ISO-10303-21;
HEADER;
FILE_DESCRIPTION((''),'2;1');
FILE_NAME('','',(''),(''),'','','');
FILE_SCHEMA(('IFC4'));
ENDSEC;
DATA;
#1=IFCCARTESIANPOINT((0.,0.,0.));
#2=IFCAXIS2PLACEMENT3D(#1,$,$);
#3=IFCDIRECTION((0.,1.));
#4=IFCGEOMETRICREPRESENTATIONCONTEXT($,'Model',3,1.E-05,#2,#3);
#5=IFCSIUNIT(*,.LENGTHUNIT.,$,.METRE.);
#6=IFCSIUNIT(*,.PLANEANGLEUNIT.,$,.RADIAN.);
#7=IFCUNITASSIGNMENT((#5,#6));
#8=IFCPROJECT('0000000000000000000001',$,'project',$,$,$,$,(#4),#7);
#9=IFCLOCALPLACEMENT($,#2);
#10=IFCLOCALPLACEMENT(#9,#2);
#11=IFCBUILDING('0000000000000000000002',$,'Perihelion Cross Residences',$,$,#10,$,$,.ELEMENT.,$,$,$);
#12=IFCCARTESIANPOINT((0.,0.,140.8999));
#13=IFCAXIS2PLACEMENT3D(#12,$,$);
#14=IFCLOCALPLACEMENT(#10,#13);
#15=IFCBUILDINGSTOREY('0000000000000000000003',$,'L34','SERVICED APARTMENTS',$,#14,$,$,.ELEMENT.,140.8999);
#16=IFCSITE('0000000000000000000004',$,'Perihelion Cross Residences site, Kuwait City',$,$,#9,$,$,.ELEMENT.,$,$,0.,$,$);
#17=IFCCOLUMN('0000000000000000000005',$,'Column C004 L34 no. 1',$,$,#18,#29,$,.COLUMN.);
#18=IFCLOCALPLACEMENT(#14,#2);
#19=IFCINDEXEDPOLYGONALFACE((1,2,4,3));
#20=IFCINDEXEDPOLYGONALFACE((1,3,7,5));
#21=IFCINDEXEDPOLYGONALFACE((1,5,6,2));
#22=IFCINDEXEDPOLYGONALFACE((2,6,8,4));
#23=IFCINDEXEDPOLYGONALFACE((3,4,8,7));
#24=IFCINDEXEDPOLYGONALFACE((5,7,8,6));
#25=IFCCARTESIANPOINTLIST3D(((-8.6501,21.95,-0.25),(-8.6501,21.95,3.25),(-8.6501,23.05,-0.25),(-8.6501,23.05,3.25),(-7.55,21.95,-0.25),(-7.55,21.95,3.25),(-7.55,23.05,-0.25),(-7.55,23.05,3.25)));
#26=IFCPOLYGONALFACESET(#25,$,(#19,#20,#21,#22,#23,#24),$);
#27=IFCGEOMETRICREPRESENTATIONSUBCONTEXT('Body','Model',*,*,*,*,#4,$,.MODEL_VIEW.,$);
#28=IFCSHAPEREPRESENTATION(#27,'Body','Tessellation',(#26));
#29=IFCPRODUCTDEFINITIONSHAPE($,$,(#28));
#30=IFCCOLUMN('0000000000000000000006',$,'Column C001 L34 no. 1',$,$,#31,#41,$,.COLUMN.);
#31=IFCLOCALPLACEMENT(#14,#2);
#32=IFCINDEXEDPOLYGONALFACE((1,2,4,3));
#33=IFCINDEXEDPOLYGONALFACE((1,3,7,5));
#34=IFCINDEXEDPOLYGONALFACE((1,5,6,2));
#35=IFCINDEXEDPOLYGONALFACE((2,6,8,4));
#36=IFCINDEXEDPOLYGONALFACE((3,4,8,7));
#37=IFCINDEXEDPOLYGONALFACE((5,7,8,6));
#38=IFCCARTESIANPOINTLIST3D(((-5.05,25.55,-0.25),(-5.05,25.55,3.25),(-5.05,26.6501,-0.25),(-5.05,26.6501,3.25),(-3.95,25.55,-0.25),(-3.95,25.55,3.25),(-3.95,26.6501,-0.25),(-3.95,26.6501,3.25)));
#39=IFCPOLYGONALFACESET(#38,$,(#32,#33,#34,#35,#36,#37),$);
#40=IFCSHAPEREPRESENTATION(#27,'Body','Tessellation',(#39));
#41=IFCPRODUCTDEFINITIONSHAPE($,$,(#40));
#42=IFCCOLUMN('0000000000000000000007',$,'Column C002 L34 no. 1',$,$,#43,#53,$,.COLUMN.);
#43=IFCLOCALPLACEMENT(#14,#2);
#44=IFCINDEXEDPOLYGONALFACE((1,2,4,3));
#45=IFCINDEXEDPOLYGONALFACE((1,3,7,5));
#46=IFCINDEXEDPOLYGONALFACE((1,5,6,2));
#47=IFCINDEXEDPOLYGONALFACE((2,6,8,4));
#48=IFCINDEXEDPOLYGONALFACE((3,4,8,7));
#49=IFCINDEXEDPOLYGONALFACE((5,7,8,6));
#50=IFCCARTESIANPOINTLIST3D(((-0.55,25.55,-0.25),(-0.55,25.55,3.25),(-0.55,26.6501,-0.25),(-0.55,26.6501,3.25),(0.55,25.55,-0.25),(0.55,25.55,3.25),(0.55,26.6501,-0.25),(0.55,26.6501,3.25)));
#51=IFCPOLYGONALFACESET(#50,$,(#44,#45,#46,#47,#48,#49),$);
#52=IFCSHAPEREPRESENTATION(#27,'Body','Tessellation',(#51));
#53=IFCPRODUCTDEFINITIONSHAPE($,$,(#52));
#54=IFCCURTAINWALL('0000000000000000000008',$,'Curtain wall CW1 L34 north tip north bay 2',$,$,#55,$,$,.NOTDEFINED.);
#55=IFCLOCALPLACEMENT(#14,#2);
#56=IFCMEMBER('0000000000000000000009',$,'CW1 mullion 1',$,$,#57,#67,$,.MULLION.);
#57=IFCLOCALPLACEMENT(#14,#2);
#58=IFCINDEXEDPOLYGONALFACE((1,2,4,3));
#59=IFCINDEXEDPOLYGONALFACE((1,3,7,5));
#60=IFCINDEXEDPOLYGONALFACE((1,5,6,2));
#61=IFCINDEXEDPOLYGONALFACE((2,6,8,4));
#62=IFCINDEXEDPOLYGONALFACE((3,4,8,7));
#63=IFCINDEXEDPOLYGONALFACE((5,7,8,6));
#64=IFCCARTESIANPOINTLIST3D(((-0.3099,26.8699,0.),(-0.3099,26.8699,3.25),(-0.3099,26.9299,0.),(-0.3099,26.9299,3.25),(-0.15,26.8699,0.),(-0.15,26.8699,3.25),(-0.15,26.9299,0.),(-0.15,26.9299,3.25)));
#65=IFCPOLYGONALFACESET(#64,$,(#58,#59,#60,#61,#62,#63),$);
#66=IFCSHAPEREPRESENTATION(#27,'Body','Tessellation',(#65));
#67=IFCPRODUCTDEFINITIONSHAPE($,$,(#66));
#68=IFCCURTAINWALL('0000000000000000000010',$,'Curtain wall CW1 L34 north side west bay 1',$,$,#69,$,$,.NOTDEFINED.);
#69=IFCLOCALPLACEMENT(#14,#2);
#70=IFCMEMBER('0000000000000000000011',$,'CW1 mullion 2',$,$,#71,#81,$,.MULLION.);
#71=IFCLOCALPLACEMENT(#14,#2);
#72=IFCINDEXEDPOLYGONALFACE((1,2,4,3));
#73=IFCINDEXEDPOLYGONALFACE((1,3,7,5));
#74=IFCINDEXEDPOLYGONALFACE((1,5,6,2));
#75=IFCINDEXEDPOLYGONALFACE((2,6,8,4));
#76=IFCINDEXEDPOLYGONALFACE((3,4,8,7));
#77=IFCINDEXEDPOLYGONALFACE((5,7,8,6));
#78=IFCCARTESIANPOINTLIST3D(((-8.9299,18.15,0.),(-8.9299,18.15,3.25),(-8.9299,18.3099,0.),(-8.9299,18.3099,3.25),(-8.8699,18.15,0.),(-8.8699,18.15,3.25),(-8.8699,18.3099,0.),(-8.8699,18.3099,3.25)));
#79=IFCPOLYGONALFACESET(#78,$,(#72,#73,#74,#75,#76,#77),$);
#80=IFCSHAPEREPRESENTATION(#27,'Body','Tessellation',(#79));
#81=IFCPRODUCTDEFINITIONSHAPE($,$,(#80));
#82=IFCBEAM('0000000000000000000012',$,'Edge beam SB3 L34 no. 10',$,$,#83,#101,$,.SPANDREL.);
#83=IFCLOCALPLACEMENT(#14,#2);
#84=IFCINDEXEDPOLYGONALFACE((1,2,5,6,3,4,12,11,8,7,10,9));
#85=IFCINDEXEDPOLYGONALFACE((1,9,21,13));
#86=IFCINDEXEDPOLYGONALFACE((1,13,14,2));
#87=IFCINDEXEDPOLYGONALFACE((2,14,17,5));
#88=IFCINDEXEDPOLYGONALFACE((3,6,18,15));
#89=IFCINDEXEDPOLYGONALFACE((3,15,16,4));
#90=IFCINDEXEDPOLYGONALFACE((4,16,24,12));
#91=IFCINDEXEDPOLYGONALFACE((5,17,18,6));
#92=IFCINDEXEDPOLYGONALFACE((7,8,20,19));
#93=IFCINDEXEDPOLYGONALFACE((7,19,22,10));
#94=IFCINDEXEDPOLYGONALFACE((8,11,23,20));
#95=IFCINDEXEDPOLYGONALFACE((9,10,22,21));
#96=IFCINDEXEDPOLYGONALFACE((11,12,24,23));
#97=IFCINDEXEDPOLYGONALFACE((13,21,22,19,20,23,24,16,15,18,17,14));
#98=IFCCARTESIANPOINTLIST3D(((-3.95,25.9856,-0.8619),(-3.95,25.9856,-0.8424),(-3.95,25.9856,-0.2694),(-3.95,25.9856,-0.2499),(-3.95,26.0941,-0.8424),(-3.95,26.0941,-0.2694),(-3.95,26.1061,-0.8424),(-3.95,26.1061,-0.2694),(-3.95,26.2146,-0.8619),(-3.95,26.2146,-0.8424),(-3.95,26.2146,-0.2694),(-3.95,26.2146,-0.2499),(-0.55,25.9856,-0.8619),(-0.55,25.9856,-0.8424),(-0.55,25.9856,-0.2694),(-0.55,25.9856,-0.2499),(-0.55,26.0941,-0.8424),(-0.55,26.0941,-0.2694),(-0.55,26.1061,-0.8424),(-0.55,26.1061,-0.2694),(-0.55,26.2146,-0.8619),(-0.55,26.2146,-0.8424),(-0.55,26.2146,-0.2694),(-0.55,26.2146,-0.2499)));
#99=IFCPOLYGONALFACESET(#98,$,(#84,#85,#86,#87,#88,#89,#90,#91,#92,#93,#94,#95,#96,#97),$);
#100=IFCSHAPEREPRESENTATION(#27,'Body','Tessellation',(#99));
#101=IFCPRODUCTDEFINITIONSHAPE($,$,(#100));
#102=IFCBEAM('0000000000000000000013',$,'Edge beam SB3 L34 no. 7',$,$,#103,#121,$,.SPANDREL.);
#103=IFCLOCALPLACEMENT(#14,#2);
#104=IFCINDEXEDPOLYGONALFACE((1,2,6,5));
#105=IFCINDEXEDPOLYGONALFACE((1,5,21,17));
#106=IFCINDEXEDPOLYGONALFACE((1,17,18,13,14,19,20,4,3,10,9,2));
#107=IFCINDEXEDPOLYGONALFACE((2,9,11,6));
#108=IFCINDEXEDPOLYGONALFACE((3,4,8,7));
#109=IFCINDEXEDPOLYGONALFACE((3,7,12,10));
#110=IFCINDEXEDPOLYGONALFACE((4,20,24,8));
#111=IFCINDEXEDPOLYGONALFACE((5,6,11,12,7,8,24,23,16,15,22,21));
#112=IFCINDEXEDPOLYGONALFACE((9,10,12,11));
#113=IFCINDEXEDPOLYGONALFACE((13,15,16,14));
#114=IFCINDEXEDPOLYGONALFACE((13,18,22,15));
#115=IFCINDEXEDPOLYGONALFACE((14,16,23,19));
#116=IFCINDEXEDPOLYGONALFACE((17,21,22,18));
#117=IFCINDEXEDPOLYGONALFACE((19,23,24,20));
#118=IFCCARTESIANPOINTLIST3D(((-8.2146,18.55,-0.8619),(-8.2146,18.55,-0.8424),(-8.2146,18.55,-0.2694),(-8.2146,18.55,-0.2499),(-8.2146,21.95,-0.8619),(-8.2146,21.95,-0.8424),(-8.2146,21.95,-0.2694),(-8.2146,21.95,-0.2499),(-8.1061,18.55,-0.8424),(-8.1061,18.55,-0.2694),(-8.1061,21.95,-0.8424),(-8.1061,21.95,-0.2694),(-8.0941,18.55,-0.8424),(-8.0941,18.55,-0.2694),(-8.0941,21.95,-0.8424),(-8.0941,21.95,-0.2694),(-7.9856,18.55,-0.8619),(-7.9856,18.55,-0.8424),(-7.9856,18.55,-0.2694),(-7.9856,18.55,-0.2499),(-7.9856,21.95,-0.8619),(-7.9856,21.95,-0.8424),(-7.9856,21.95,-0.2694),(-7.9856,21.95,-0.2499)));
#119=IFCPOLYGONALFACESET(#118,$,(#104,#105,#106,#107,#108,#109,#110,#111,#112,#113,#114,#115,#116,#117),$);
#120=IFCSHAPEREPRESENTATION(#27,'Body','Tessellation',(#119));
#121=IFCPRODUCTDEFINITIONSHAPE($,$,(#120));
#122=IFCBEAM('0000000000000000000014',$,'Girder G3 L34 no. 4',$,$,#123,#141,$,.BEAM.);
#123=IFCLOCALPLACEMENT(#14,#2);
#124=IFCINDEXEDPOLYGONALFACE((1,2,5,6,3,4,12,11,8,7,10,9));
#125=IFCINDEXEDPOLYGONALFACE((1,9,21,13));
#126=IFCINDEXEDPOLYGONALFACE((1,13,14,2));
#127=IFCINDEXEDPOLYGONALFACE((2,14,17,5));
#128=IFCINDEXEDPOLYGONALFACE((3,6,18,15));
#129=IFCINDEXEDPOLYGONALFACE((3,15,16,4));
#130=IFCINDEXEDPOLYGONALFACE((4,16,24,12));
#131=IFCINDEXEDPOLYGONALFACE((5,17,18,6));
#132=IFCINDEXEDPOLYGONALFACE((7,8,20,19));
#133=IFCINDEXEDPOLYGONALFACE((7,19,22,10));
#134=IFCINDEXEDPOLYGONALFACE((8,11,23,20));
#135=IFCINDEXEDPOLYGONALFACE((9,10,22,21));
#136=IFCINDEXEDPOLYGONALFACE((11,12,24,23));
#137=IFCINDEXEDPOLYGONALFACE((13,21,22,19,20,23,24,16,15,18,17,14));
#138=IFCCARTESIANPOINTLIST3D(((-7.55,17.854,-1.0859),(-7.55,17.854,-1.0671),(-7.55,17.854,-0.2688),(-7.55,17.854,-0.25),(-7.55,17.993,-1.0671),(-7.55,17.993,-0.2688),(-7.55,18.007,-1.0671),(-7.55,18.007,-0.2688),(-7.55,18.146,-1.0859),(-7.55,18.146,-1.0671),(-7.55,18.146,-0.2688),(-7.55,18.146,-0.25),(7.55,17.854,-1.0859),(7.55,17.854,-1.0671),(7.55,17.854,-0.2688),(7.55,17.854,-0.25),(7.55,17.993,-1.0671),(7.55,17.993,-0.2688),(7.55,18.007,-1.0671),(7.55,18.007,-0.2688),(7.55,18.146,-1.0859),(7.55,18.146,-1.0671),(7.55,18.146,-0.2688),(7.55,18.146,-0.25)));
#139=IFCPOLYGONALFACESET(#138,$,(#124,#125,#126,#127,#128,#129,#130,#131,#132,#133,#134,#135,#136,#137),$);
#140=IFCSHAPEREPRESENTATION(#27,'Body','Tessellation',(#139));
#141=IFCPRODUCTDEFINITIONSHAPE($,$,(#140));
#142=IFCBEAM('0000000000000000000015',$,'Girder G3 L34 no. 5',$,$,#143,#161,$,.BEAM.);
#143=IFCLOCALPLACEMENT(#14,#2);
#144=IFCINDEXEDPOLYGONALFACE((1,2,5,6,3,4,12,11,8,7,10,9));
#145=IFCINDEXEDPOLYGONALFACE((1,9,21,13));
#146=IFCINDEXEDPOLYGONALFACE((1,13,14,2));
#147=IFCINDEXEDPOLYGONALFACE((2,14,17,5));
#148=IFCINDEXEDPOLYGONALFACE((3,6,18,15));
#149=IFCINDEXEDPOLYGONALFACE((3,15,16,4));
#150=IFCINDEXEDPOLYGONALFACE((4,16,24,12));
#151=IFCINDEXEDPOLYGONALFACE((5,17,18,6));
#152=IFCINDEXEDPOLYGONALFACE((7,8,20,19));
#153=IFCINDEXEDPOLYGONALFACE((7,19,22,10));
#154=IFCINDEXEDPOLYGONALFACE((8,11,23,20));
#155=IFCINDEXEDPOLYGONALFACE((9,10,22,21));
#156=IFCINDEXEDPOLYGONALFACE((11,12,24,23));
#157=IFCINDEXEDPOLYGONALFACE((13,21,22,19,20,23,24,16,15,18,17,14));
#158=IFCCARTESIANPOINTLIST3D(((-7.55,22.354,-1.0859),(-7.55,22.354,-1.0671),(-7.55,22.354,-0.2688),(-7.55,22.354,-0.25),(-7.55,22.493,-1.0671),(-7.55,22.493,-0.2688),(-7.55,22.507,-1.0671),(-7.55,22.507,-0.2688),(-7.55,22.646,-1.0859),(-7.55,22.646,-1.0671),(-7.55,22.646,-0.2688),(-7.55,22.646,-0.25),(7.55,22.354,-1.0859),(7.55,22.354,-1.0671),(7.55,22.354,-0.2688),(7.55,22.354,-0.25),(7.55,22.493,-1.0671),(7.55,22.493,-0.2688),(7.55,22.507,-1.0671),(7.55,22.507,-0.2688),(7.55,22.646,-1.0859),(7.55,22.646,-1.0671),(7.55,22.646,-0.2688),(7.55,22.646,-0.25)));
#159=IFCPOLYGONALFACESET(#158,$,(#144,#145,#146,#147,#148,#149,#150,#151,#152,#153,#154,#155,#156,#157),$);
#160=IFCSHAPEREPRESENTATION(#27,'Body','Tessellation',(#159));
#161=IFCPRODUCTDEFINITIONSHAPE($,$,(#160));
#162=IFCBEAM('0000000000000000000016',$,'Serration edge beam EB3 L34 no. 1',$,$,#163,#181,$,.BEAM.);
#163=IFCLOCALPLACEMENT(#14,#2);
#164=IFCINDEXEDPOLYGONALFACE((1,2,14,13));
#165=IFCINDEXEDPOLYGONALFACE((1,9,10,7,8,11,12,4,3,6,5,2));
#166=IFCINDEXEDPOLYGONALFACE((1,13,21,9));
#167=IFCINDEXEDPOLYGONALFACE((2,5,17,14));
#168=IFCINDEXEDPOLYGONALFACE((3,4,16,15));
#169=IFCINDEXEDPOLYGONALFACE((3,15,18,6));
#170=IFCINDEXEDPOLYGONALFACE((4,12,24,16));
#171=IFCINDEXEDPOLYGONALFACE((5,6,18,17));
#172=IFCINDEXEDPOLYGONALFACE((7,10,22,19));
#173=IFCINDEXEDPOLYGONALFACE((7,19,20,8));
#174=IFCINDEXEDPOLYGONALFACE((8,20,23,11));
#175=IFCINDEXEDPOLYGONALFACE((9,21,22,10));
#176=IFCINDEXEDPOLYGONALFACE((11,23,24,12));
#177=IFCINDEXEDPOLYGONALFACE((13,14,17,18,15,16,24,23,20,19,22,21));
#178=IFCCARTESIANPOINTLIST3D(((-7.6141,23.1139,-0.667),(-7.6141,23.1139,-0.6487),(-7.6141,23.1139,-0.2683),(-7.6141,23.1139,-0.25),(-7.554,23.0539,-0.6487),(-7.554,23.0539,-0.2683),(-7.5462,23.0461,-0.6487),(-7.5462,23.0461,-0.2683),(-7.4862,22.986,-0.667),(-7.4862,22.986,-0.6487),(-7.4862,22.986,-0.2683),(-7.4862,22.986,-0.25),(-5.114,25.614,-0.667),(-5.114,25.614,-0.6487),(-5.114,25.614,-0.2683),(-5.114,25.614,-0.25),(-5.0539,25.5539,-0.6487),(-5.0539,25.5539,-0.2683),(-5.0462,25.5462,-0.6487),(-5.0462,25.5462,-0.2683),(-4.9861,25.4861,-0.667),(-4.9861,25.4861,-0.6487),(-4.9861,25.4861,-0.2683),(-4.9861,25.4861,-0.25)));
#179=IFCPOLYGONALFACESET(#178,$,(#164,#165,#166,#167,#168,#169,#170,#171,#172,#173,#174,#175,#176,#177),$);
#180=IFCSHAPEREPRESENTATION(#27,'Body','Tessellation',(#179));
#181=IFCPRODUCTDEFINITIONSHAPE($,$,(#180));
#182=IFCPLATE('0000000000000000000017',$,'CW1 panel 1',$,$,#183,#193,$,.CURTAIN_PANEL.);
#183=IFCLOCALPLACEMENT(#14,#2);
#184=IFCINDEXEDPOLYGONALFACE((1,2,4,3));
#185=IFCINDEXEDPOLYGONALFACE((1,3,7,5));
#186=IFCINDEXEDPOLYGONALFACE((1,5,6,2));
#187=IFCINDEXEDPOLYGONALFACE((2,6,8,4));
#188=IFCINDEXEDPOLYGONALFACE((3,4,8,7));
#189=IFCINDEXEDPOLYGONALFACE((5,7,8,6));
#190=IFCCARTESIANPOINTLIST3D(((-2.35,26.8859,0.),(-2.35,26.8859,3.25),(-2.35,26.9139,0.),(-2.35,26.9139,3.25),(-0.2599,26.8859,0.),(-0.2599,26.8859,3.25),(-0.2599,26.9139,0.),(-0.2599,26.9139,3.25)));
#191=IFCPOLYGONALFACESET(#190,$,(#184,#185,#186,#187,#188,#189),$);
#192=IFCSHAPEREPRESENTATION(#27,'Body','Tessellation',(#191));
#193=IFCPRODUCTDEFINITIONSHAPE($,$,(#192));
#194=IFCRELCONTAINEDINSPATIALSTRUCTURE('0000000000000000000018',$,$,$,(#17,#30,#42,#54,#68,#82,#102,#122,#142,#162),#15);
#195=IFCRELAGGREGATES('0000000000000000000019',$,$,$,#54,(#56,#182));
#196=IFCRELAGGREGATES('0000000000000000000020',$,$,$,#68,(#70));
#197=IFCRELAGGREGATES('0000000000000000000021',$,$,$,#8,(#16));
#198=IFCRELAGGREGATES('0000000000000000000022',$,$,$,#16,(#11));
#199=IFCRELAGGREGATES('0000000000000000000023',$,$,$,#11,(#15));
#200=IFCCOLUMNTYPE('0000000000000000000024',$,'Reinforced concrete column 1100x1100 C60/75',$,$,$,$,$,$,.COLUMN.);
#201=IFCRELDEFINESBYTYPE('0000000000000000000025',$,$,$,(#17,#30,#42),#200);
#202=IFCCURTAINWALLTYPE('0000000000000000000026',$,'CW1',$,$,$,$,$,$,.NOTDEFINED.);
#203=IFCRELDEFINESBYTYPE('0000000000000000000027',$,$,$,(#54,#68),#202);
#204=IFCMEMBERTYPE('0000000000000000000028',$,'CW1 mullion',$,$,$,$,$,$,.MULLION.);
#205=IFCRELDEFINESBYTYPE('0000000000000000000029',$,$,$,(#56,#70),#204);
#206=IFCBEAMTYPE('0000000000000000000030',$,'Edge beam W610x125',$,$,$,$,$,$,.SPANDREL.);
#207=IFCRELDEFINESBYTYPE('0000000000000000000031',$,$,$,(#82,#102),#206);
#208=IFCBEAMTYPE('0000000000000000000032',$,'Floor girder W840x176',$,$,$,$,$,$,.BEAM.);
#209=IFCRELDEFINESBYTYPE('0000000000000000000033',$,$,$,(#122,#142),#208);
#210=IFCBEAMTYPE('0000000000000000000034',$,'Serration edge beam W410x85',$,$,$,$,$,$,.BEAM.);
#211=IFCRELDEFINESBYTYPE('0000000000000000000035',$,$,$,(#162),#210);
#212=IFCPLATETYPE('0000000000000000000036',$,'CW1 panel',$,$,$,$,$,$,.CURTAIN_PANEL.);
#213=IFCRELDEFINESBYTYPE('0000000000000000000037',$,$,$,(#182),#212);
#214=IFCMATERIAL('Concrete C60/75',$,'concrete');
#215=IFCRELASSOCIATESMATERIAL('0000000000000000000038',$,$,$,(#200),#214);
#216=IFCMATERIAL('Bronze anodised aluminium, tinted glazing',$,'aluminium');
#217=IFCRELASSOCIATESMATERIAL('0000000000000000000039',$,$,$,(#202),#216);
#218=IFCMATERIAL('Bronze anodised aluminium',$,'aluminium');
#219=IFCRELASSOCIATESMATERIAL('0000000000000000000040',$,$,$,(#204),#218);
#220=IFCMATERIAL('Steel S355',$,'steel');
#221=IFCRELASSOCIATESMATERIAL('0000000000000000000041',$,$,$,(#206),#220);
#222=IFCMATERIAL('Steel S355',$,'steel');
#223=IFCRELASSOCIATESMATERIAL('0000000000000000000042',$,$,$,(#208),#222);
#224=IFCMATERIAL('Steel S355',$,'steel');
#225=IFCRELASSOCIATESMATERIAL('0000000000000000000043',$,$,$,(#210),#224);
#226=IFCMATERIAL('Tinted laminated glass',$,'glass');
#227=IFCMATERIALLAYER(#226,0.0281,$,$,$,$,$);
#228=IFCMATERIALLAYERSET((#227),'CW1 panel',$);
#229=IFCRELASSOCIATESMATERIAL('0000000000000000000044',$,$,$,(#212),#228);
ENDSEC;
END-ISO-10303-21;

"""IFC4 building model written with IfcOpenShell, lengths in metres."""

from ifc_helpers import new_model, si_unit, direction, frame, origin, origin_2d, place, context, subcontext, project, spatial, rectangle, i_section, extrude, material, layer, layer_set, material_profile, profile_set, type_object, element, aggregate, save


model = new_model("IFC4")

# Units and contexts
model_context = context("Model", 3, precision=1e-05, world=origin(), true_north=direction((0.0, 1.0)))
body_context = subcontext(model_context, "Body", "Model", "MODEL_VIEW")
ifc_project = project(units=[si_unit("LENGTHUNIT", "METRE"), si_unit("PLANEANGLEUNIT", "RADIAN")], contexts=[model_context])

# Site, building, storey
site_placement = place(None, origin())
site = spatial("IfcSite", under=ifc_project, at=site_placement, Name="Perihelion Cross Residences site, Kuwait City", CompositionType="ELEMENT", RefElevation=0.0)
building_placement = place(site_placement, origin())
building = spatial("IfcBuilding", under=site, at=building_placement, Name="Perihelion Cross Residences", CompositionType="ELEMENT")
storey_placement = place(building_placement, frame((0.0, 0.0, 140.8999)))
storey = spatial("IfcBuildingStorey", under=building, at=storey_placement, Name="L34", Description="SERVICED APARTMENTS", CompositionType="ELEMENT", Elevation=140.8999)

# Columns
ifc_material_1 = material(Name="Concrete C60/75", Category="concrete")
ifc_material_profile_1 = material_profile(ifc_material_1, rectangle(XDim=1.1001, YDim=1.1001, at=origin_2d()), Name="RC 1100x1100")
ifc_profile_set_1 = profile_set([ifc_material_profile_1], Name="Concrete C60/75")
column_type = type_object("IfcColumnType", Name="Reinforced concrete column 1100x1100 C60/75", PredefinedType="COLUMN", material=ifc_profile_set_1)
for number, where, z_axis, x_axis, name in (
    (1, (-8.1001, 22.5, -0.25), (0.0, 0.0, 1.0), (1.0, 0.0, 0.0), "Column C004 L34 no. 1"),
    (2, (-4.5, 26.1001, -0.25), (0.0, 0.0, 1.0), (1.0, 0.0, 0.0), "Column C001 L34 no. 1"),
    (3, (0.0, 26.1001, -0.25), (0.0, 0.0, 1.0), (1.0, 0.0, 0.0), "Column C002 L34 no. 1"),
):
    element("IfcColumn", number, at=place(storey_placement, frame(where, z_axis=z_axis, x_axis=x_axis)), inside=storey, type_object=column_type, Name=name, PredefinedType="COLUMN", context=body_context, shape_type="SweptSolid", body=[
        extrude(rectangle(XDim=1.1001, YDim=1.1001, at=origin_2d()), origin(), (0.0, 0.0, 1.0), 3.5),
    ])

# Curtain walls, members
ifc_material_2 = material(Name="Bronze anodised aluminium, tinted glazing", Category="aluminium")
curtain_wall_type = type_object("IfcCurtainWallType", Name="CW1", PredefinedType="NOTDEFINED", material=ifc_material_2)
curtain_wall_1_placement = place(storey_placement, origin())
curtain_wall_1 = element("IfcCurtainWall", 4, at=curtain_wall_1_placement, inside=storey, type_object=curtain_wall_type, Name="Curtain wall CW1 L34 north tip north bay 2", PredefinedType="NOTDEFINED")
ifc_material_3 = material(Name="Bronze anodised aluminium", Category="aluminium")
ifc_material_profile_2 = material_profile(ifc_material_3, rectangle(XDim=0.0601, YDim=0.1599, at=origin_2d()), Name="CW1 mullion")
ifc_profile_set_2 = profile_set([ifc_material_profile_2], Name="Bronze anodised aluminium")
member_type = type_object("IfcMemberType", Name="CW1 mullion", PredefinedType="MULLION", material=ifc_profile_set_2)
member_1_placement = place(storey_placement, frame((-0.23, 26.8999, 0.0), z_axis=(0.0, 0.0, 1.0), x_axis=(0.0, -1.0, 0.0)))
member_1 = element("IfcMember", 5, at=member_1_placement, type_object=member_type, Name="CW1 mullion 1", PredefinedType="MULLION", context=body_context, shape_type="SweptSolid", body=[
    extrude(rectangle(XDim=0.0601, YDim=0.1599, at=origin_2d()), origin(), (0.0, 0.0, 1.0), 3.25),
])
curtain_wall_2_placement = place(storey_placement, origin())
curtain_wall_2 = element("IfcCurtainWall", 6, at=curtain_wall_2_placement, inside=storey, type_object=curtain_wall_type, Name="Curtain wall CW1 L34 north side west bay 1", PredefinedType="NOTDEFINED")
member_2_placement = place(storey_placement, frame((-8.8999, 18.23, 0.0), z_axis=(0.0, 0.0, 1.0), x_axis=(1.0, 0.0, 0.0)))
member_2 = element("IfcMember", 7, at=member_2_placement, type_object=member_type, Name="CW1 mullion 2", PredefinedType="MULLION", context=body_context, shape_type="SweptSolid", body=[
    extrude(rectangle(XDim=0.0601, YDim=0.1599, at=origin_2d()), origin(), (0.0, 0.0, 1.0), 3.25),
])

# Beams
ifc_material_4 = material(Name="Steel S355", Category="steel")
ifc_material_profile_3 = material_profile(ifc_material_4, i_section(OverallWidth=0.229, OverallDepth=0.6121, WebThickness=0.012, FlangeThickness=0.0195, at=origin_2d()), Name="W610x125")
ifc_profile_set_3 = profile_set([ifc_material_profile_3], Name="Steel S355")
beam_type_1 = type_object("IfcBeamType", Name="Edge beam W610x125", PredefinedType="SPANDREL", material=ifc_profile_set_3)
for number, where, z_axis, x_axis, name in (
    (8, (-0.55, 26.1001, -0.5559), (-1.0, 0.0, 0.0), (0.0, -1.0, 0.0), "Edge beam SB3 L34 no. 10"),
    (9, (-8.1001, 21.95, -0.5559), (0.0, -1.0, 0.0), (1.0, 0.0, 0.0), "Edge beam SB3 L34 no. 7"),
):
    element("IfcBeam", number, at=place(storey_placement, frame(where, z_axis=z_axis, x_axis=x_axis)), inside=storey, type_object=beam_type_1, Name=name, PredefinedType="SPANDREL", context=body_context, shape_type="SweptSolid", body=[
        extrude(i_section(OverallWidth=0.229, OverallDepth=0.6121, WebThickness=0.012, FlangeThickness=0.0195, at=origin_2d()), origin(), (0.0, 0.0, 1.0), 3.3999),
    ])
ifc_material_5 = material(Name="Steel S355", Category="steel")
ifc_material_profile_4 = material_profile(ifc_material_5, i_section(OverallWidth=0.292, OverallDepth=0.8359, WebThickness=0.0139, FlangeThickness=0.0188, at=origin_2d()), Name="W840x176")
ifc_profile_set_4 = profile_set([ifc_material_profile_4], Name="Steel S355")
beam_type_2 = type_object("IfcBeamType", Name="Floor girder W840x176", PredefinedType="BEAM", material=ifc_profile_set_4)
for number, where, z_axis, x_axis, name in (
    (10, (-7.55, 18.0, -0.668), (1.0, 0.0, 0.0), (0.0, 1.0, 0.0), "Girder G3 L34 no. 4"),
    (11, (-7.55, 22.5, -0.668), (1.0, 0.0, 0.0), (0.0, 1.0, 0.0), "Girder G3 L34 no. 5"),
):
    element("IfcBeam", number, at=place(storey_placement, frame(where, z_axis=z_axis, x_axis=x_axis)), inside=storey, type_object=beam_type_2, Name=name, PredefinedType="BEAM", context=body_context, shape_type="SweptSolid", body=[
        extrude(i_section(OverallWidth=0.292, OverallDepth=0.8359, WebThickness=0.0139, FlangeThickness=0.0188, at=origin_2d()), origin(), (0.0, 0.0, 1.0), 15.1001),
    ])
ifc_material_6 = material(Name="Steel S355", Category="steel")
ifc_material_profile_5 = material_profile(ifc_material_6, i_section(OverallWidth=0.1809, OverallDepth=0.417, WebThickness=0.011, FlangeThickness=0.0183, at=origin_2d()), Name="W410x85")
ifc_profile_set_5 = profile_set([ifc_material_profile_5], Name="Steel S355")
beam_type_3 = type_object("IfcBeamType", Name="Serration edge beam W410x85", PredefinedType="BEAM", material=ifc_profile_set_5)
beam_placement = place(storey_placement, frame((-5.05, 25.55, -0.4585), z_axis=(-0.707107, -0.707107, 0.0), x_axis=(0.707107, -0.707107, 0.0)))
element("IfcBeam", 12, at=beam_placement, inside=storey, type_object=beam_type_3, Name="Serration edge beam EB3 L34 no. 1", PredefinedType="BEAM", context=body_context, shape_type="SweptSolid", body=[
    extrude(i_section(OverallWidth=0.1809, OverallDepth=0.417, WebThickness=0.011, FlangeThickness=0.0183, at=origin_2d()), origin(), (0.0, 0.0, 1.0), 3.5356),
])

# Plate
ifc_material_7 = material(Name="Tinted laminated glass", Category="glass")
ifc_layer_1 = layer(ifc_material_7, 0.0281)
ifc_layer_set_1 = layer_set([ifc_layer_1], Name="CW1 panel")
plate_type = type_object("IfcPlateType", Name="CW1 panel", PredefinedType="CURTAIN_PANEL", material=ifc_layer_set_1)
plate_1_placement = place(storey_placement, frame((-1.3049, 26.8999, 0.0), z_axis=(0.0, 0.0, 1.0), x_axis=(-1.0, 0.0, 0.0)))
plate_1 = element("IfcPlate", 13, at=plate_1_placement, type_object=plate_type, Name="CW1 panel 1", PredefinedType="CURTAIN_PANEL", context=body_context, shape_type="SweptSolid", body=[
    extrude(rectangle(XDim=2.0901, YDim=0.0281, at=origin_2d()), origin(), (0.0, 0.0, 1.0), 3.25),
])
aggregate(curtain_wall_1, [member_1, plate_1])
aggregate(curtain_wall_2, [member_2])

save(model, "model.ifc")
